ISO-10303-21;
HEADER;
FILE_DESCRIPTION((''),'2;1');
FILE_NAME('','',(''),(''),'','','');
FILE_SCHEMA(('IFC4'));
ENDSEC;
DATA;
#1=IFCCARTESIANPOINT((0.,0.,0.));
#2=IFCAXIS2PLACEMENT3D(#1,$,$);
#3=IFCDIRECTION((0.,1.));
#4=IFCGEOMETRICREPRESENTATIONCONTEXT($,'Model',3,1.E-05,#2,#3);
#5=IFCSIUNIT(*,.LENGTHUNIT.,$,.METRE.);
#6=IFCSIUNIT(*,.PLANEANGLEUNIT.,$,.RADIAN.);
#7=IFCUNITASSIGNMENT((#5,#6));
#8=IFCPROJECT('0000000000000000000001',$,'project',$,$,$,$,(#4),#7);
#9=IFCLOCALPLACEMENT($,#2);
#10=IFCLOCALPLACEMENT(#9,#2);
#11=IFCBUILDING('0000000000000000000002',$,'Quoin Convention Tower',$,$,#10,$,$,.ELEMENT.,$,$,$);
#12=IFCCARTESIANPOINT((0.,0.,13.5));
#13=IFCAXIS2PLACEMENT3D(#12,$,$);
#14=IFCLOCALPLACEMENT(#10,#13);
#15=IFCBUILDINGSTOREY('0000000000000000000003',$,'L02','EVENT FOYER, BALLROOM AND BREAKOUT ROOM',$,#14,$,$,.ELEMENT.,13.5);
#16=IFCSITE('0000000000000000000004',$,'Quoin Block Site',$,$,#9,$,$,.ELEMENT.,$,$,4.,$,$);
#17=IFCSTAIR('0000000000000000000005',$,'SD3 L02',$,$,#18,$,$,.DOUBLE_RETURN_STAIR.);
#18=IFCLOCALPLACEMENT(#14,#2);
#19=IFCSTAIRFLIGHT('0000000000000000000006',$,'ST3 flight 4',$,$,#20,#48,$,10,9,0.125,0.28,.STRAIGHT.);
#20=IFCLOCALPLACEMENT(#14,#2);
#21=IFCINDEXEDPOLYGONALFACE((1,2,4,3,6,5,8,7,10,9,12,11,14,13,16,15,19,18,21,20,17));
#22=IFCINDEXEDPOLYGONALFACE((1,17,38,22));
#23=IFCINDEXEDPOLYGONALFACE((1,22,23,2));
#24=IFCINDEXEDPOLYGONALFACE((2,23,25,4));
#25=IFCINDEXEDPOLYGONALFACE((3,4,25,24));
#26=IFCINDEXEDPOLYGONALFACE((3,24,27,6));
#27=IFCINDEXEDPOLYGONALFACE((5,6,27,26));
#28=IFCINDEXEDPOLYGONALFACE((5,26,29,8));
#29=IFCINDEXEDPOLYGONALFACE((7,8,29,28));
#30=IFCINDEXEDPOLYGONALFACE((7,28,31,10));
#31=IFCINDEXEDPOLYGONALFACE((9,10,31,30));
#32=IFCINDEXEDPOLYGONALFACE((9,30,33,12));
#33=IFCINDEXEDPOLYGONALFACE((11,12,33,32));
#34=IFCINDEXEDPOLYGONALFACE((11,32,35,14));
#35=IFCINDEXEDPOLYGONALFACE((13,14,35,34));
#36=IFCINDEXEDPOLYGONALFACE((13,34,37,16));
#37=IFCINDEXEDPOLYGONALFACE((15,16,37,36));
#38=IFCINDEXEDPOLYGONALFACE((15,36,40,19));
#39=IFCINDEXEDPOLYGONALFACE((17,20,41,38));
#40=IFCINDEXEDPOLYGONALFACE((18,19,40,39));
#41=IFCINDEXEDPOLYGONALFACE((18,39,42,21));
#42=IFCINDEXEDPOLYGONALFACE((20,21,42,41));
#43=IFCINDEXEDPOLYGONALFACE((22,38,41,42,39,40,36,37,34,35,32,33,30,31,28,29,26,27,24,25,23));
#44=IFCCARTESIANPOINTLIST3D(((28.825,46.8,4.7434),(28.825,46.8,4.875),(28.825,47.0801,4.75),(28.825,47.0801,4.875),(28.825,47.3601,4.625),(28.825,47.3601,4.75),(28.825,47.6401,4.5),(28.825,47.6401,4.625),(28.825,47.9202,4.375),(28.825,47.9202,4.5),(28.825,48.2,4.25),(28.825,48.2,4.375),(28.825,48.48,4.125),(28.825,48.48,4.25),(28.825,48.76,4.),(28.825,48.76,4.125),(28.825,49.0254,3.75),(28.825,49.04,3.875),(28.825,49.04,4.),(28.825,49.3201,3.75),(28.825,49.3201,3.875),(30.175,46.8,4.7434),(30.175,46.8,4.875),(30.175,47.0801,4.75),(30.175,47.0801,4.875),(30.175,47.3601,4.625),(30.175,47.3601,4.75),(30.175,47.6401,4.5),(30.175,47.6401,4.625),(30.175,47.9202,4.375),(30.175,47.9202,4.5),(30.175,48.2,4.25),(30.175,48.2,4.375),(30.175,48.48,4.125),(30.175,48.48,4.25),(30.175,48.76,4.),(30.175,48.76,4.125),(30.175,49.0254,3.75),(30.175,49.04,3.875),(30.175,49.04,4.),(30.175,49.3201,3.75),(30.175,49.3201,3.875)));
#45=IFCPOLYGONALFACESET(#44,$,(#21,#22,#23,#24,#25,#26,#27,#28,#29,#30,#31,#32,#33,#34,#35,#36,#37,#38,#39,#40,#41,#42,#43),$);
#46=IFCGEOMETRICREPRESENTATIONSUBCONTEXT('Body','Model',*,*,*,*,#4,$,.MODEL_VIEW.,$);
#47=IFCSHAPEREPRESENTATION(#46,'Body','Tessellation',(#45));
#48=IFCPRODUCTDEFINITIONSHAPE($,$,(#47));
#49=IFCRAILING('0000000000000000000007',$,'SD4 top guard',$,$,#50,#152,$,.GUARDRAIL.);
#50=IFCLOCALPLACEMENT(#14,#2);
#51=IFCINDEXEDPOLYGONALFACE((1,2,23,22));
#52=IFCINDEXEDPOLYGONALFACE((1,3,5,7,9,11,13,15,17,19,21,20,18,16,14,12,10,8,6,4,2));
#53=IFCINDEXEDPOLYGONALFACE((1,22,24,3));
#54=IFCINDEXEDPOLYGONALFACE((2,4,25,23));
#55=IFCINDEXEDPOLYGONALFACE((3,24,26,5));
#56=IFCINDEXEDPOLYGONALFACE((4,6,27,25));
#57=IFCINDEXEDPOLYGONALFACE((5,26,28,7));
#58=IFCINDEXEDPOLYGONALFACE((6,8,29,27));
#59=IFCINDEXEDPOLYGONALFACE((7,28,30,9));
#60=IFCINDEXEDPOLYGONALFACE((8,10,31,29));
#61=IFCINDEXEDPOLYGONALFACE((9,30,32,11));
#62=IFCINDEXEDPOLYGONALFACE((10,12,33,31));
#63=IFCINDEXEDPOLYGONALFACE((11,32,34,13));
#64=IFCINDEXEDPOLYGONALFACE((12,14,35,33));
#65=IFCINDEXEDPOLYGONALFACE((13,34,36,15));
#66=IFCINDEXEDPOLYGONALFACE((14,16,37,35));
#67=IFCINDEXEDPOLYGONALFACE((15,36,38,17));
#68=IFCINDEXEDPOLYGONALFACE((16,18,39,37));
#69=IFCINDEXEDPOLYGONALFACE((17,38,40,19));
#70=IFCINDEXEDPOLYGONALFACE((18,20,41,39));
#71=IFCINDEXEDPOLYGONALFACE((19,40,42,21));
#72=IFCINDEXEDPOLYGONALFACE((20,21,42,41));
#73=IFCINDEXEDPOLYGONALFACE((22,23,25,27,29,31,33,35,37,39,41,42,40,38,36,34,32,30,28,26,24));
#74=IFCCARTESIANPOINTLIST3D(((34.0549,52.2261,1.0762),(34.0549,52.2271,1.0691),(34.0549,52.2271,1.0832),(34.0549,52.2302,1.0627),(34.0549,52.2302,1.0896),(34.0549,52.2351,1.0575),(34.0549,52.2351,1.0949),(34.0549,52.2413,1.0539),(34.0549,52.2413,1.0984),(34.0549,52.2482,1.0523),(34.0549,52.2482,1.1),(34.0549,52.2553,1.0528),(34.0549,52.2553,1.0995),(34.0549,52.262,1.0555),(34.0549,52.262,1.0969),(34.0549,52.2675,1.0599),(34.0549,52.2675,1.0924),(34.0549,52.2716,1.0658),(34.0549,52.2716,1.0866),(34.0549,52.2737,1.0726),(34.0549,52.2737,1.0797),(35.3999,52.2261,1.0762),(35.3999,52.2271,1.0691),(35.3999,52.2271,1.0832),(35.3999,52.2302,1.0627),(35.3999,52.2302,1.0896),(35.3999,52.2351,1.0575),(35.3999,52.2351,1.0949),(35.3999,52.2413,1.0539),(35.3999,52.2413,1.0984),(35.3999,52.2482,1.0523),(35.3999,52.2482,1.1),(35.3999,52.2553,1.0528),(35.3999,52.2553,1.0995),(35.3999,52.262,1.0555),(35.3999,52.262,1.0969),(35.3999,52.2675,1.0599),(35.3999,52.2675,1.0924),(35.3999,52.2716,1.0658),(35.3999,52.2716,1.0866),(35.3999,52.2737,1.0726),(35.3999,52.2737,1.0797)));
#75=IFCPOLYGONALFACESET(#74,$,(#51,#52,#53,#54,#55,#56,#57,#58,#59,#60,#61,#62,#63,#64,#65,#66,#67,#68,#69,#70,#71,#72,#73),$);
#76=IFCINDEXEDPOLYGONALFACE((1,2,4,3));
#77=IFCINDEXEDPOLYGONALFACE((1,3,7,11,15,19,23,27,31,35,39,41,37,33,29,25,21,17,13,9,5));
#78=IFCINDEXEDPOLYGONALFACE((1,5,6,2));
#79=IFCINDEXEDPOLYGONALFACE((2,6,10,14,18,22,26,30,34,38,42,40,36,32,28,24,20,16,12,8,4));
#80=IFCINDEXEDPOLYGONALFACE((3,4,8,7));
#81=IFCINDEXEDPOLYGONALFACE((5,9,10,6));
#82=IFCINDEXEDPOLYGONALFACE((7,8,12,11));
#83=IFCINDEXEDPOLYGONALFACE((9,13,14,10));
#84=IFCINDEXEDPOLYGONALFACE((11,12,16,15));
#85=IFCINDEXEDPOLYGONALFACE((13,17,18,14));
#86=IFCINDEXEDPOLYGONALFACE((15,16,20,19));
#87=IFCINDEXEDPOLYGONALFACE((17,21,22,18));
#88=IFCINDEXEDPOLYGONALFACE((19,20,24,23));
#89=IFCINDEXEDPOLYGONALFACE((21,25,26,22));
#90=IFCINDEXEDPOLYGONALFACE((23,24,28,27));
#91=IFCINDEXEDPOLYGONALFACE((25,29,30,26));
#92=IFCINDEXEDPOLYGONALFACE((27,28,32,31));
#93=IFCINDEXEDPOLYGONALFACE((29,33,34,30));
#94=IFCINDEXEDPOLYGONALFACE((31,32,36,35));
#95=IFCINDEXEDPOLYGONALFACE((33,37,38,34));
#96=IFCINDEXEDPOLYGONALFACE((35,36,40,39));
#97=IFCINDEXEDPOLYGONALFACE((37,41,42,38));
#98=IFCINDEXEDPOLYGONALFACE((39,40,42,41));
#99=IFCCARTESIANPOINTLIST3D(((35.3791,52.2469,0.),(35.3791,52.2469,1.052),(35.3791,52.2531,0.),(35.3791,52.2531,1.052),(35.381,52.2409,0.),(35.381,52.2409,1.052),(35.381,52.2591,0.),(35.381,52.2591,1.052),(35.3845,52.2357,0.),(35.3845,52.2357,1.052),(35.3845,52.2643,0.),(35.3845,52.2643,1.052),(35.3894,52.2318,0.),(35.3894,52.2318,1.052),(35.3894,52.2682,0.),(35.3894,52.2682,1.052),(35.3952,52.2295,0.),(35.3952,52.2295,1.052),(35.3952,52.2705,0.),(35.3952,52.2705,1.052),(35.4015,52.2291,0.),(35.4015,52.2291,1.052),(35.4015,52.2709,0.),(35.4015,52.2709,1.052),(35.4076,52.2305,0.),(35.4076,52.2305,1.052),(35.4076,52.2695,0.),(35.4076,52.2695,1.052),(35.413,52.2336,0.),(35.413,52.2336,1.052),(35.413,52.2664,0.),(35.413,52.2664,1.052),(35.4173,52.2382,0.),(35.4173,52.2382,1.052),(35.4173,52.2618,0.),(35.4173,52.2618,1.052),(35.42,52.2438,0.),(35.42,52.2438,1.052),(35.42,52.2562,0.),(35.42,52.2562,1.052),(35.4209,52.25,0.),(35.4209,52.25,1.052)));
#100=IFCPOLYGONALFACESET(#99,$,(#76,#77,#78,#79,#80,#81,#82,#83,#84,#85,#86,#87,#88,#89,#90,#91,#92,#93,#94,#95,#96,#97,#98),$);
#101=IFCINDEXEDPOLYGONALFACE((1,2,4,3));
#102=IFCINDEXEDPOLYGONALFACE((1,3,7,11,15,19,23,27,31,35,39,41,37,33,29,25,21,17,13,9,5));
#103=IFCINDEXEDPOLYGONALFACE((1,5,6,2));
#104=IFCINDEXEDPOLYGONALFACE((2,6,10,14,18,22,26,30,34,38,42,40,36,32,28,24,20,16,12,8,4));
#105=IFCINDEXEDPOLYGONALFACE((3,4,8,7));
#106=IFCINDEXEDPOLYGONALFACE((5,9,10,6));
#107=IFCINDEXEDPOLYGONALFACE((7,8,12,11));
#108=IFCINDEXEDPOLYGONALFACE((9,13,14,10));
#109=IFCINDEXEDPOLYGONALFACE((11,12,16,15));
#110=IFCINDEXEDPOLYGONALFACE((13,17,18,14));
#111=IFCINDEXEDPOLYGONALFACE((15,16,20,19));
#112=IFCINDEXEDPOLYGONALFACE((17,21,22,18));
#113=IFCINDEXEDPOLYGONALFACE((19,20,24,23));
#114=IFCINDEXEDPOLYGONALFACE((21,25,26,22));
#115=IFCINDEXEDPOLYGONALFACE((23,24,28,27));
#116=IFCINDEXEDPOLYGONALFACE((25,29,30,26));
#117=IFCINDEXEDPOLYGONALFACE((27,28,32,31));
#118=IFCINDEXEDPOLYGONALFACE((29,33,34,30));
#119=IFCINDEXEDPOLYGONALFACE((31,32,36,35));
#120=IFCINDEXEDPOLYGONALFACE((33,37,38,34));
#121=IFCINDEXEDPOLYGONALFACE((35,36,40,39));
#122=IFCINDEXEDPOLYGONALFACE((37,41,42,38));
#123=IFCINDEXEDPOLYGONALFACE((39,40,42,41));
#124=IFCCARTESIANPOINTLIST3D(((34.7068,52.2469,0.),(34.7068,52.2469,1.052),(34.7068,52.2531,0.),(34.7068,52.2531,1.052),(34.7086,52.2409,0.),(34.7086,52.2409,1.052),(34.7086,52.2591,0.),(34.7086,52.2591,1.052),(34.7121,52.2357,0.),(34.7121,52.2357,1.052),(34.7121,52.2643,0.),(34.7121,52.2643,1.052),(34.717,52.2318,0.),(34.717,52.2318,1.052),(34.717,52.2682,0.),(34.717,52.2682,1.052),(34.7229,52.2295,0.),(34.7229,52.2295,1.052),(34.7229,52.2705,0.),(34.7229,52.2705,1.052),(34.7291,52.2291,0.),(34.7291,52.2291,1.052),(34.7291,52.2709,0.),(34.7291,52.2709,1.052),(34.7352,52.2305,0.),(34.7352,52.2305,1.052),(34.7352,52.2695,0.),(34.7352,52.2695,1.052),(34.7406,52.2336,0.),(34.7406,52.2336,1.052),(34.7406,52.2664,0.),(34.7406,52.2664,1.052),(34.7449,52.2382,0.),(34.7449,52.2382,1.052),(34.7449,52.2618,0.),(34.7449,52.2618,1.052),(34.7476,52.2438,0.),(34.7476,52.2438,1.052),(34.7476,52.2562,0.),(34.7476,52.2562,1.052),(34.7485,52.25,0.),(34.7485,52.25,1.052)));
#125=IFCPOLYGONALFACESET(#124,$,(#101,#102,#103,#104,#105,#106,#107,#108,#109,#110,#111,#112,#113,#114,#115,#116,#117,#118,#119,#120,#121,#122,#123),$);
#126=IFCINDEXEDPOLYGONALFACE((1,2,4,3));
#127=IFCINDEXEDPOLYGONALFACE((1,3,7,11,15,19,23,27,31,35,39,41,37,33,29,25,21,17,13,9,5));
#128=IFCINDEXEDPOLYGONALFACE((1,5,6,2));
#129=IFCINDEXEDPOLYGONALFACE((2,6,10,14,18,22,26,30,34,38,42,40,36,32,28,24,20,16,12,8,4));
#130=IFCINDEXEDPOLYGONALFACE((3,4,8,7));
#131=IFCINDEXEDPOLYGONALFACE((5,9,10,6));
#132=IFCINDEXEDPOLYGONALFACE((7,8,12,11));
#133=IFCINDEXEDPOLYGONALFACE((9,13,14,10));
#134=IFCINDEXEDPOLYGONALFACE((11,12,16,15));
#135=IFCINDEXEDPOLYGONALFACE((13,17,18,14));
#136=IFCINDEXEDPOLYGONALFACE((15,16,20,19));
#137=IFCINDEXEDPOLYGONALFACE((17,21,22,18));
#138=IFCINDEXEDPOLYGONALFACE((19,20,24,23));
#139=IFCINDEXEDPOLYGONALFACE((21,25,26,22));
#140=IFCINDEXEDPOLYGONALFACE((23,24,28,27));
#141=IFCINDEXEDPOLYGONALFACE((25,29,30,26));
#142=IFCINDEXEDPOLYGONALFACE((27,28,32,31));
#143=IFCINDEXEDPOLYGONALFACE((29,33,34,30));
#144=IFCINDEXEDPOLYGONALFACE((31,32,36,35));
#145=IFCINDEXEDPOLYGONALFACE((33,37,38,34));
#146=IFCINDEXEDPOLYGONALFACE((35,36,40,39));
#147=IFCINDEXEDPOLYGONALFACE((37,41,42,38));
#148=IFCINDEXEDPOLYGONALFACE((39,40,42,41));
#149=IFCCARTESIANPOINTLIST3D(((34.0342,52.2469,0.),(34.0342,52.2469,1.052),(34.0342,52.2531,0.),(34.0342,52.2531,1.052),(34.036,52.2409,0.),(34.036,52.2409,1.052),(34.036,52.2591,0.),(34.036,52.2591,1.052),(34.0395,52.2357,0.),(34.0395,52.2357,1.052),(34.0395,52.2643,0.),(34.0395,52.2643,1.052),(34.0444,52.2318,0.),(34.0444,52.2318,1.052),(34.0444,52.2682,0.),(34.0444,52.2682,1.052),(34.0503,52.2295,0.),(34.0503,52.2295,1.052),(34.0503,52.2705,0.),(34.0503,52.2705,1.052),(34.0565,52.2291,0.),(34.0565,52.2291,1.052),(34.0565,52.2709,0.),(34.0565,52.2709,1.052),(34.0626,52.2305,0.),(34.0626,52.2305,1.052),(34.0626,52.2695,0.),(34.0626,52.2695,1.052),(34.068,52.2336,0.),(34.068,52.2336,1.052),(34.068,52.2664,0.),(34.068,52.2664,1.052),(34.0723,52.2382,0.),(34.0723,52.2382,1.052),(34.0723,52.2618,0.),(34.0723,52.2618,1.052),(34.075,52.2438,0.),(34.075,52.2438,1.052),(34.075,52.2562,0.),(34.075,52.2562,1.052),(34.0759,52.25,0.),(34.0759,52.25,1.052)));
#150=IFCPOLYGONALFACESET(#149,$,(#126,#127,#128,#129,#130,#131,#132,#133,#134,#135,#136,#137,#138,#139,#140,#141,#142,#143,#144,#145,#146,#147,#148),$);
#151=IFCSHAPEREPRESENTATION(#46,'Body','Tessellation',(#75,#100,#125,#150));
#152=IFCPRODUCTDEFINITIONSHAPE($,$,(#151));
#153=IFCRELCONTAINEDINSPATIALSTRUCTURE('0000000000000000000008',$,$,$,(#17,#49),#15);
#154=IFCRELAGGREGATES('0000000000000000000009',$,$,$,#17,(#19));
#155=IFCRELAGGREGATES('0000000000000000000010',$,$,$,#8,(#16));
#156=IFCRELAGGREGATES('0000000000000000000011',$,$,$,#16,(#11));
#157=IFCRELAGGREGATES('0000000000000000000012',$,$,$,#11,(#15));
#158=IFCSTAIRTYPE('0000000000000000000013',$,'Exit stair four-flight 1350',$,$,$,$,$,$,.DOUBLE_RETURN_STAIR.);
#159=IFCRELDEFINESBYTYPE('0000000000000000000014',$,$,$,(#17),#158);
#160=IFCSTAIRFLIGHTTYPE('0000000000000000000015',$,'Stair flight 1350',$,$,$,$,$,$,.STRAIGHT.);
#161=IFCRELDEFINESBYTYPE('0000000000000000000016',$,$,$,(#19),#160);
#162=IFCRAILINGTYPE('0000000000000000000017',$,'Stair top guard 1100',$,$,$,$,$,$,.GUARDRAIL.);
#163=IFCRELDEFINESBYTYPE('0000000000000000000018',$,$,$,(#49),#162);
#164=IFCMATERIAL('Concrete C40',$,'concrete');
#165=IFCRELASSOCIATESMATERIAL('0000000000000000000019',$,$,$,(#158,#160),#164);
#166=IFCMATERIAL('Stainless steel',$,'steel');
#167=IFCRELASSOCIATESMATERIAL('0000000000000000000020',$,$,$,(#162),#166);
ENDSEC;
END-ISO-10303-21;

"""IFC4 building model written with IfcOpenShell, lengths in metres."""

from ifc_helpers import new_model, si_unit, direction, frame, origin, origin_2d, place, context, subcontext, project, spatial, polyline, circle, outline, extrude, material, type_object, element, aggregate, save


model = new_model("IFC4")

# Units and contexts
model_context = context("Model", 3, precision=1e-05, world=origin(), true_north=direction((0.0, 1.0)))
body_context = subcontext(model_context, "Body", "Model", "MODEL_VIEW")
ifc_project = project(units=[si_unit("LENGTHUNIT", "METRE"), si_unit("PLANEANGLEUNIT", "RADIAN")], contexts=[model_context])

# Site, building, storey
site_placement = place(None, origin())
site = spatial("IfcSite", under=ifc_project, at=site_placement, Name="Quoin Block Site", CompositionType="ELEMENT", RefElevation=4.0)
building_placement = place(site_placement, origin())
building = spatial("IfcBuilding", under=site, at=building_placement, Name="Quoin Convention Tower", CompositionType="ELEMENT")
storey_placement = place(building_placement, frame((0.0, 0.0, 13.5)))
storey = spatial("IfcBuildingStorey", under=building, at=storey_placement, Name="L02", Description="EVENT FOYER, BALLROOM AND BREAKOUT ROOM", CompositionType="ELEMENT", Elevation=13.5)

# Stair, stair flight
ifc_material_1 = material(Name="Concrete C40", Category="concrete")
stair_type_1 = type_object("IfcStairType", Name="Exit stair four-flight 1350", PredefinedType="DOUBLE_RETURN_STAIR", material=ifc_material_1)
stair_1_placement = place(storey_placement, origin())
stair_1 = element("IfcStair", 1, at=stair_1_placement, inside=storey, type_object=stair_type_1, Name="SD3 L02", PredefinedType="DOUBLE_RETURN_STAIR")
stair_flight_type_1 = type_object("IfcStairFlightType", Name="Stair flight 1350", PredefinedType="STRAIGHT", material=ifc_material_1)
stair_flight_1_placement = place(storey_placement, frame((29.5, 49.3201, 3.75), z_axis=(0.0, 0.0, 1.0), x_axis=(0.0, -1.0, 0.0)))
stair_flight_1 = element("IfcStairFlight", 2, at=stair_flight_1_placement, type_object=stair_flight_type_1, Name="ST3 flight 4", NumberOfRisers=10, NumberOfTreads=9, PredefinedType="STRAIGHT", RiserHeight=0.125, TreadLength=0.28, context=body_context, shape_type="SweptSolid", body=[
    extrude(outline(polyline([(0.0, 0.0), (0.0, 0.125), (0.28, 0.125), (0.28, 0.25), (0.5601, 0.25), (0.5601, 0.375), (0.8401, 0.375), (0.8401, 0.5), (1.1201, 0.5), (1.1201, 0.625), (1.3999, 0.625), (1.3999, 0.75), (1.6799, 0.75), (1.6799, 0.875), (1.96, 0.875), (1.96, 1.0), (2.24, 1.0), (2.24, 1.125), (2.52, 1.125), (2.52, 1.25), (2.52, 0.9934), (0.2947, 0.0), (0.0, 0.0)])), frame((0.0, 0.675, 0.0), z_axis=(0.0, -1.0, 0.0), x_axis=(1.0, 0.0, 0.0)), (0.0, 0.0, 1.0), 1.3501),
])
aggregate(stair_1, [stair_flight_1])

# Railing
ifc_material_2 = material(Name="Stainless steel", Category="steel")
railing_type_1 = type_object("IfcRailingType", Name="Stair top guard 1100", PredefinedType="GUARDRAIL", material=ifc_material_2)
railing_1_placement = place(storey_placement, frame((35.3999, 52.25, 0.0)))
element("IfcRailing", 3, at=railing_1_placement, inside=storey, type_object=railing_type_1, Name="SD4 top guard", PredefinedType="GUARDRAIL", context=body_context, shape_type="SweptSolid", body=[
    extrude(circle(Radius=0.0239, at=origin_2d()), frame((0.0, 0.0, 1.0762), z_axis=(-1.0, 0.0, 0.0), x_axis=(0.0, -1.0, 0.0)), (0.0, 0.0, 1.0), 1.345),
    extrude(circle(Radius=0.021, at=origin_2d()), origin(), (0.0, 0.0, 1.0), 1.052),
    extrude(circle(Radius=0.021, at=origin_2d()), frame((-0.6724, 0.0, 0.0)), (0.0, 0.0, 1.0), 1.052),
    extrude(circle(Radius=0.021, at=origin_2d()), frame((-1.345, 0.0, 0.0)), (0.0, 0.0, 1.0), 1.052),
])

save(model, "model.ifc")
